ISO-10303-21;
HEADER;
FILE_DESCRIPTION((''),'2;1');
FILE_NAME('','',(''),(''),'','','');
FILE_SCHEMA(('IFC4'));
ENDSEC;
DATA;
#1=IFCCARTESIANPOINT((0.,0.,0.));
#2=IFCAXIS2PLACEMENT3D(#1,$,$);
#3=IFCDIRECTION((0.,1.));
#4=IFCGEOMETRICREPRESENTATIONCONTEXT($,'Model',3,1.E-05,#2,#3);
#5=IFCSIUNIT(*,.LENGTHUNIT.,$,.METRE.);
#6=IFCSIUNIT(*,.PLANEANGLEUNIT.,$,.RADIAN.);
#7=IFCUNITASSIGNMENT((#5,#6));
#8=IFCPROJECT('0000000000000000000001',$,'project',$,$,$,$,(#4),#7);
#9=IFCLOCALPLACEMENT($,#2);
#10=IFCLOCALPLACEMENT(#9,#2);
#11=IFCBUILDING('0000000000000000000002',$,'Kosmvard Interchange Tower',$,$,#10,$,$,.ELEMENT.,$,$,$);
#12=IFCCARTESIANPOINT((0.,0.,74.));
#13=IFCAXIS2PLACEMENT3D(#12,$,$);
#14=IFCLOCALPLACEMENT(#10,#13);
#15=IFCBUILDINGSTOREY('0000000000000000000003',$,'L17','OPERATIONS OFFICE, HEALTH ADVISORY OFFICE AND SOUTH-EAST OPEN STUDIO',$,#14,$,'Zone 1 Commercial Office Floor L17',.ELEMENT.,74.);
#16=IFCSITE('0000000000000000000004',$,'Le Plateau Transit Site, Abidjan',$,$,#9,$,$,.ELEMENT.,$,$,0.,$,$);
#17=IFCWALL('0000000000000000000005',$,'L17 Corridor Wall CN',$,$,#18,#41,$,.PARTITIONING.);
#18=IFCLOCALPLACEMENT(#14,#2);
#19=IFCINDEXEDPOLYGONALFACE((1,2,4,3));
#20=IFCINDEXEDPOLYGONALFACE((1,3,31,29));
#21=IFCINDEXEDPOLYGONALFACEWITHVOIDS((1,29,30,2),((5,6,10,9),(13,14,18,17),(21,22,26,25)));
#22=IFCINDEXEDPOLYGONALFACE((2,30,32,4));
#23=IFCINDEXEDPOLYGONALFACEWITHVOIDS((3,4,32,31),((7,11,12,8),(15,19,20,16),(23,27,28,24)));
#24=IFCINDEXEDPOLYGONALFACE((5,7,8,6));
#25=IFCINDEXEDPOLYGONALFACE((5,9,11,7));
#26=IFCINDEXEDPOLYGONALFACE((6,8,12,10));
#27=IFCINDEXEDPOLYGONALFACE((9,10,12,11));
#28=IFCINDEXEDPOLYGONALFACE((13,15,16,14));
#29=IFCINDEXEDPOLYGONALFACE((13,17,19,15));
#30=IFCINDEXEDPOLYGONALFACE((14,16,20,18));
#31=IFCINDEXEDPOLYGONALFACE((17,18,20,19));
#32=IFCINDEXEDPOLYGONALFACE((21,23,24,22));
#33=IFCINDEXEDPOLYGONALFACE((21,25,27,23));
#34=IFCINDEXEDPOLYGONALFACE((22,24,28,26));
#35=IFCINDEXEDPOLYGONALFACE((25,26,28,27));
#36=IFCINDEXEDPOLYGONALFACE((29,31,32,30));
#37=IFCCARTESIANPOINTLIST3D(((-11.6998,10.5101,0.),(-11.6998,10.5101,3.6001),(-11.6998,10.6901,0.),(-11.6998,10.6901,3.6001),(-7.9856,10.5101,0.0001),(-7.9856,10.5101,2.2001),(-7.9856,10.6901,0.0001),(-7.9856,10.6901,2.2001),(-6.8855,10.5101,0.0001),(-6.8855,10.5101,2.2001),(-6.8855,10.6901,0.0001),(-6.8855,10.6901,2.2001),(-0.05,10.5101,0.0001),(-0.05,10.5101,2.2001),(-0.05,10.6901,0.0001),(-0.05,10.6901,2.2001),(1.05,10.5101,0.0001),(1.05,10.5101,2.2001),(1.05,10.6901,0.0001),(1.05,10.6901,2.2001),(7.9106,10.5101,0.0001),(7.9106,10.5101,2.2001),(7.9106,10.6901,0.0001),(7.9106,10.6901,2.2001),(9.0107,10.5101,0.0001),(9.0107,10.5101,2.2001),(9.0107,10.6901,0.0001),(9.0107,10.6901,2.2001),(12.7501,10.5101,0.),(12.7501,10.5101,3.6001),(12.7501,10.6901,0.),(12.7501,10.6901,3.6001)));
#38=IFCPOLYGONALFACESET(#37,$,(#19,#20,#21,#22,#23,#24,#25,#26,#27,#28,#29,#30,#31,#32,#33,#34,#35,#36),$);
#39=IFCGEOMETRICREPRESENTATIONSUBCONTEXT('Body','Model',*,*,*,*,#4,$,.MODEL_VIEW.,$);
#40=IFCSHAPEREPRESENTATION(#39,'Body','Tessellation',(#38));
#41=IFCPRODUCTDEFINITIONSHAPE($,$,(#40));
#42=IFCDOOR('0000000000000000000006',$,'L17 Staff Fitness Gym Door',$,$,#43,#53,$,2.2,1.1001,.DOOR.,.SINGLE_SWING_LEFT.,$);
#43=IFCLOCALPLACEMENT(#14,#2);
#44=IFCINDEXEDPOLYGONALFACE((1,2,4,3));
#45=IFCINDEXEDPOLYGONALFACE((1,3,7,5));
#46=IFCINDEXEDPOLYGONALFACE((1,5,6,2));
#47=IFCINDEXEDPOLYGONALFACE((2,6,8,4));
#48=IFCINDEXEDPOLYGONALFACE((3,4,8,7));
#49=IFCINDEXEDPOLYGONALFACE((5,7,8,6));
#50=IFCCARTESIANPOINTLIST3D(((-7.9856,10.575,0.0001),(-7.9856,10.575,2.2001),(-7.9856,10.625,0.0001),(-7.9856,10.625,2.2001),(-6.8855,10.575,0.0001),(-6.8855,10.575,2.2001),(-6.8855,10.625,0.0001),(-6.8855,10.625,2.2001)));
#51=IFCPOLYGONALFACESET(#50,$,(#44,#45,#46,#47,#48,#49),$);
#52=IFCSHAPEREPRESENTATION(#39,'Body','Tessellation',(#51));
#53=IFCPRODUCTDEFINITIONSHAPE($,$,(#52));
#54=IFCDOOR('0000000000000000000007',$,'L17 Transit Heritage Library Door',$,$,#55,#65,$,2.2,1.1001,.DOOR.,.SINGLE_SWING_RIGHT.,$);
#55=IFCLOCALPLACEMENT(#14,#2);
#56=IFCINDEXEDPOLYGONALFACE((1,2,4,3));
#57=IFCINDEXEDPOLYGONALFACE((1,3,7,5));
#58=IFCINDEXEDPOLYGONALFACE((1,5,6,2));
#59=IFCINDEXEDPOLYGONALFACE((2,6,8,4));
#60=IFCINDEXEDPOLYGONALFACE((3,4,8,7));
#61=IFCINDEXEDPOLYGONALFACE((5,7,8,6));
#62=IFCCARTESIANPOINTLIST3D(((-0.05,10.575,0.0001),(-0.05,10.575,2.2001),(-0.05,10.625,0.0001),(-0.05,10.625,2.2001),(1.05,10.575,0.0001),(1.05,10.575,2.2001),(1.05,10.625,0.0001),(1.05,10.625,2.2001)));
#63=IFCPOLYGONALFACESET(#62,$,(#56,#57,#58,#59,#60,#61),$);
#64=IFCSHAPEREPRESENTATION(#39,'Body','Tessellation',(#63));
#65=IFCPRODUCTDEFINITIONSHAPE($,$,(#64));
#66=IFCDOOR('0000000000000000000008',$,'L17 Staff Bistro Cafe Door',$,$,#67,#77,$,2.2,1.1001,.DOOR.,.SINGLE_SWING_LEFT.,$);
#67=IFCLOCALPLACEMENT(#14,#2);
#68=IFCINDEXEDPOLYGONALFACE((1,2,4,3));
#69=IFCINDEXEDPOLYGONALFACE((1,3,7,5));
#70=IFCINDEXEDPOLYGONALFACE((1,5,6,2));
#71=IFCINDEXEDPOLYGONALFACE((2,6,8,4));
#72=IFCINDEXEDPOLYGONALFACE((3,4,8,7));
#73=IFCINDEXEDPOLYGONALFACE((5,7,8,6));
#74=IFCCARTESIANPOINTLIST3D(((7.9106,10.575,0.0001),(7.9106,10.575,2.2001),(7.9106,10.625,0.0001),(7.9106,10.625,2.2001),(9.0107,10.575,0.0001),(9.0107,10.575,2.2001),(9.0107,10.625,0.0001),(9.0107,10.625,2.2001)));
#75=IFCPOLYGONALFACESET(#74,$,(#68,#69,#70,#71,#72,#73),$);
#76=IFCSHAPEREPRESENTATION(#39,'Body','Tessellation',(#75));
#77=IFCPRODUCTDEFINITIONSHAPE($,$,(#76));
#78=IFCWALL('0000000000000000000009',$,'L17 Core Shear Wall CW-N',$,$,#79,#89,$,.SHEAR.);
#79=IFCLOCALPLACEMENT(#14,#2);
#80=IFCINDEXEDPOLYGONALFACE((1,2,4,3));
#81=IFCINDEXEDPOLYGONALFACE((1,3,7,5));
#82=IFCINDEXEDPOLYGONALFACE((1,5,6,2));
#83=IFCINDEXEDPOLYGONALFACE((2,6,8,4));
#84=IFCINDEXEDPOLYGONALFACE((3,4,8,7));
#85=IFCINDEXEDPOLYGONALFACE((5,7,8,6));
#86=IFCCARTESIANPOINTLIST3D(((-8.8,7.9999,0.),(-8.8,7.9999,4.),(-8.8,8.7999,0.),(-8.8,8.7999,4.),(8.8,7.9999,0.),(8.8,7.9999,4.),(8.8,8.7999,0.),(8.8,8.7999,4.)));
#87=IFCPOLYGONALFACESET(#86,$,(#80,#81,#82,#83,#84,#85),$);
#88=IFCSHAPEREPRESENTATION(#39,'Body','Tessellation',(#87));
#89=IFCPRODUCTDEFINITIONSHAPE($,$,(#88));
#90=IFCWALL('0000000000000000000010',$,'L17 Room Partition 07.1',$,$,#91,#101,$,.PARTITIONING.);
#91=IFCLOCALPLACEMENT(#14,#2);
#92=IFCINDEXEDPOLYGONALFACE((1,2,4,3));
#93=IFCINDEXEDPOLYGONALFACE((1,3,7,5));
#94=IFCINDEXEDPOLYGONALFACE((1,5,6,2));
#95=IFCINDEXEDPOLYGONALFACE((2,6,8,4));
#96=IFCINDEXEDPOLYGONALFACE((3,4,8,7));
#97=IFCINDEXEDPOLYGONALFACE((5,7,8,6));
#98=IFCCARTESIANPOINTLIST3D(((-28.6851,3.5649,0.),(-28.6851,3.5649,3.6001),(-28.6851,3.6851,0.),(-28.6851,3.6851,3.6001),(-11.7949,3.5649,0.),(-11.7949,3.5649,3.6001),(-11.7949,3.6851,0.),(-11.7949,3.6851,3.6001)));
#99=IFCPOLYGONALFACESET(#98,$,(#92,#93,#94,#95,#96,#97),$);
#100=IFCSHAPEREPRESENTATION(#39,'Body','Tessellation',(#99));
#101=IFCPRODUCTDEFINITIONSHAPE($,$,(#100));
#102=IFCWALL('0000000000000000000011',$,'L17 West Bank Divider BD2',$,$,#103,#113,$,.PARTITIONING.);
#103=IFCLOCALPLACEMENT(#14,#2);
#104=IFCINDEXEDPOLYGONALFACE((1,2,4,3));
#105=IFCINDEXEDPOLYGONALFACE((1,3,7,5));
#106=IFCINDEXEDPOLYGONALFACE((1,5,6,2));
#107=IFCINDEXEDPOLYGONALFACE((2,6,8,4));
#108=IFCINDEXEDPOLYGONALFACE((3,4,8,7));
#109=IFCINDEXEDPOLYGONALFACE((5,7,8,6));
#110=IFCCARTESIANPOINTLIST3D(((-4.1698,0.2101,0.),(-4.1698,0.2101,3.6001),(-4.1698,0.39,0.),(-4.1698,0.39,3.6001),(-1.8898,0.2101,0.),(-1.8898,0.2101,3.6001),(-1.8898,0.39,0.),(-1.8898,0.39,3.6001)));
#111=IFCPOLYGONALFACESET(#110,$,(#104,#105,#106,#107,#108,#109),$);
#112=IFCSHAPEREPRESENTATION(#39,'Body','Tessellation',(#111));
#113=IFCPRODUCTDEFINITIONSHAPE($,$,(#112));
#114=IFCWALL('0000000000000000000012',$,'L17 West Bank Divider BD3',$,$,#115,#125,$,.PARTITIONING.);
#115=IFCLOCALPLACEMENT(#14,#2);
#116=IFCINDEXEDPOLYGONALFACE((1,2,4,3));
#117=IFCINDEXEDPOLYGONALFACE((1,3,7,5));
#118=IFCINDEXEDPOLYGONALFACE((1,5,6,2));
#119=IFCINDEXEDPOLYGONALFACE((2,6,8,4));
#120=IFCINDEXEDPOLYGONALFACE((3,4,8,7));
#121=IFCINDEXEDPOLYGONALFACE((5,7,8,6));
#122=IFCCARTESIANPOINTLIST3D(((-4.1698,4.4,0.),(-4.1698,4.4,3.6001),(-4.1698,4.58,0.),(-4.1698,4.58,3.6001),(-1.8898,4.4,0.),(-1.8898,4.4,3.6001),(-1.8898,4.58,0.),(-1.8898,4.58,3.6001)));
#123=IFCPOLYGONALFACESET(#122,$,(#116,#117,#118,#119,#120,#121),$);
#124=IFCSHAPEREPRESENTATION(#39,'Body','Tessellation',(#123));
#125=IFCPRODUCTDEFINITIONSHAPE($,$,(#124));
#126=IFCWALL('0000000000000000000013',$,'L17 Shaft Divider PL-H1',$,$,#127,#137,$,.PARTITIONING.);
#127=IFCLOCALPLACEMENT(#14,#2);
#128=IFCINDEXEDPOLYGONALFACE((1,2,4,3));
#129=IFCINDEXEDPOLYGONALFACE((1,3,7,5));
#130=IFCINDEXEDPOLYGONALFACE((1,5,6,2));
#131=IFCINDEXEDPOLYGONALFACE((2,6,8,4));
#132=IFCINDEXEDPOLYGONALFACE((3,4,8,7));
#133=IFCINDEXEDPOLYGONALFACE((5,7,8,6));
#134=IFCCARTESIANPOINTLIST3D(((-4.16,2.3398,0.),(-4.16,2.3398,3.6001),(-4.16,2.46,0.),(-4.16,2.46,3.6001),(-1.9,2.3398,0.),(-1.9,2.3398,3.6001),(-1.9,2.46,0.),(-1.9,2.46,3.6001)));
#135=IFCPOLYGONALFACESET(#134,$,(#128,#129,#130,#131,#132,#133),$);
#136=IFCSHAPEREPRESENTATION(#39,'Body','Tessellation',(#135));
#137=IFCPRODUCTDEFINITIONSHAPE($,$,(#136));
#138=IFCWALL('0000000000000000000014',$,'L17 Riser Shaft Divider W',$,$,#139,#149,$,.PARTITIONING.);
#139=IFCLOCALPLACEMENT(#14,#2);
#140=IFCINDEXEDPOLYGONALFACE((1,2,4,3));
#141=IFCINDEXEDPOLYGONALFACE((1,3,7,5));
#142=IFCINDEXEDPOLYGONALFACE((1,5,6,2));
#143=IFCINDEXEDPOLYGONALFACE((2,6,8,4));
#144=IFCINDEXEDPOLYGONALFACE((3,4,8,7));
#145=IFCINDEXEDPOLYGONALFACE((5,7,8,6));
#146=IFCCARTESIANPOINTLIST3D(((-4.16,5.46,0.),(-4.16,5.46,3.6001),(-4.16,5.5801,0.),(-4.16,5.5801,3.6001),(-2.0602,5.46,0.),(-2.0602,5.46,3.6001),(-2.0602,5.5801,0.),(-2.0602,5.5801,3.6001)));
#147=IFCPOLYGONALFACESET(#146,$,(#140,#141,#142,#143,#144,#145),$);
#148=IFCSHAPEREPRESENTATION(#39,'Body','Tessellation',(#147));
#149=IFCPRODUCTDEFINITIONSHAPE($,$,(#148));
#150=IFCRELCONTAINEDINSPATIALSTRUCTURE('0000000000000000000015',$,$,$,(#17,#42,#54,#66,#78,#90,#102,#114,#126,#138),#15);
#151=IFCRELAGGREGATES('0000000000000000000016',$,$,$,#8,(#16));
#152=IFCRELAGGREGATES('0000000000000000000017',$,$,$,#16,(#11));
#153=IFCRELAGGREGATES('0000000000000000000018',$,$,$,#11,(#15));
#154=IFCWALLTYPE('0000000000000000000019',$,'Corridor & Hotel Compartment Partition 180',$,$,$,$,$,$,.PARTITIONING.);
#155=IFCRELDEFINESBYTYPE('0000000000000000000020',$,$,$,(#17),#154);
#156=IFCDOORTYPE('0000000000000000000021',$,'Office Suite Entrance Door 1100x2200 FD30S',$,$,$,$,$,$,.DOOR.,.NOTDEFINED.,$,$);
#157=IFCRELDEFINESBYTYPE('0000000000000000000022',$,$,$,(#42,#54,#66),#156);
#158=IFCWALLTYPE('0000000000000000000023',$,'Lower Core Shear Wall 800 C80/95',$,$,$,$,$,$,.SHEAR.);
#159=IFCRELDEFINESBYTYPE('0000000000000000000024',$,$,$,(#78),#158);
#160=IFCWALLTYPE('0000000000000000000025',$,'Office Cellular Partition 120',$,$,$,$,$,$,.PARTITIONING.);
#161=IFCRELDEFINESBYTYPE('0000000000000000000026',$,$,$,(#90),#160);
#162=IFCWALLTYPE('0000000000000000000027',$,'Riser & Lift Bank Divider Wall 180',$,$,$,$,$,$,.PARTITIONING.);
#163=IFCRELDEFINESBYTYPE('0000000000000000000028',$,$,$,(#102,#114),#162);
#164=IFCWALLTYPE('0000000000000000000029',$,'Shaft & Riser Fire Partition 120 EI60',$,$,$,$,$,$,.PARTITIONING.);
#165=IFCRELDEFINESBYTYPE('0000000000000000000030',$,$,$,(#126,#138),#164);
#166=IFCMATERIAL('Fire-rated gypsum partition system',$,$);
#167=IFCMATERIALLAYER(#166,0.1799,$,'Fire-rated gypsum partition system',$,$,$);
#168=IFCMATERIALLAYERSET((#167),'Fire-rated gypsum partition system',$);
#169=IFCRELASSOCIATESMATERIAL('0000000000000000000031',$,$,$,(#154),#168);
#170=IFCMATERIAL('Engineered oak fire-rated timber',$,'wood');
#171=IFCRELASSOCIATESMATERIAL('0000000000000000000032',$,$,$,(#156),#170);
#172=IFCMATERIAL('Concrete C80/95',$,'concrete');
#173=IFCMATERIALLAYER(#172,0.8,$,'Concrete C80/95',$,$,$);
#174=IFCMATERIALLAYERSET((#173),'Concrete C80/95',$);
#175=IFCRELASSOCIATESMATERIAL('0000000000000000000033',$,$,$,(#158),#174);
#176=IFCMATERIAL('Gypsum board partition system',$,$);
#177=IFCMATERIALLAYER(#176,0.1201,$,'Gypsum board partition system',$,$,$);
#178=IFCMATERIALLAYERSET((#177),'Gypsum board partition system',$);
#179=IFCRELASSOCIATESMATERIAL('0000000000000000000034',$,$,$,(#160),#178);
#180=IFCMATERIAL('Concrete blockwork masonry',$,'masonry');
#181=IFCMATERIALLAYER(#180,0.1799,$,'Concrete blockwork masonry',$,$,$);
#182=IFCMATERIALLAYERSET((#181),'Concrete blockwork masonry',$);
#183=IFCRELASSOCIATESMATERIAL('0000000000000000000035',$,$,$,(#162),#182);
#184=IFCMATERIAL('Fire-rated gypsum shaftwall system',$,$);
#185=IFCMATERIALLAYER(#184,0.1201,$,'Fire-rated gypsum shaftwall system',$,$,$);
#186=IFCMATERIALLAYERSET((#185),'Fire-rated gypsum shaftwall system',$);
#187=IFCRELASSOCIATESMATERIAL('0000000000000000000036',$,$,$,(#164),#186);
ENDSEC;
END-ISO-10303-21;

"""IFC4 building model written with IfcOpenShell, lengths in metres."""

from ifc_helpers import new_model, si_unit, direction, frame, frame_2d, origin, place, context, subcontext, project, spatial, rectangle, extrude, source, transform, mapped, material, layer, layer_set, type_object, element, fill, save


model = new_model("IFC4")

# Units and contexts
model_context = context("Model", 3, precision=1e-05, world=origin(), true_north=direction((0.0, 1.0)))
body_context = subcontext(model_context, "Body", "Model", "MODEL_VIEW")
ifc_project = project(units=[si_unit("LENGTHUNIT", "METRE"), si_unit("PLANEANGLEUNIT", "RADIAN")], contexts=[model_context])

# Site, building, storey
site_placement = place(None, origin())
site = spatial("IfcSite", under=ifc_project, at=site_placement, Name="Le Plateau Transit Site, Abidjan", CompositionType="ELEMENT", RefElevation=0.0)
building_placement = place(site_placement, origin())
building = spatial("IfcBuilding", under=site, at=building_placement, Name="Kosmvard Interchange Tower", CompositionType="ELEMENT")
storey_placement = place(building_placement, frame((0.0, 0.0, 74.0)))
storey = spatial("IfcBuildingStorey", under=building, at=storey_placement, Name="L17", Description="OPERATIONS OFFICE, HEALTH ADVISORY OFFICE AND SOUTH-EAST OPEN STUDIO", LongName="Zone 1 Commercial Office Floor L17", CompositionType="ELEMENT", Elevation=74.0)

# Shared definitions
ifc_material_1 = material(Name="Concrete C80/95", Category="concrete")

# Wall, openings, doors
ifc_material_2 = material(Name="Fire-rated gypsum partition system")
ifc_layer_1 = layer(ifc_material_2, 0.1799, Name="Fire-rated gypsum partition system")
ifc_layer_set_1 = layer_set([ifc_layer_1], Name="Fire-rated gypsum partition system")
wall_type_1 = type_object("IfcWallType", Name="Corridor & Hotel Compartment Partition 180", PredefinedType="PARTITIONING", material=ifc_layer_set_1)
wall_1_placement = place(storey_placement, frame((-11.7, 10.6001, 0.0), z_axis=(0.0, 0.0, 1.0), x_axis=(1.0, 0.0, 0.0)))
wall_1 = element("IfcWall", 1, at=wall_1_placement, inside=storey, type_object=wall_type_1, Name="L17 Corridor Wall CN", PredefinedType="PARTITIONING", context=body_context, shape_type="SweptSolid", body=[
    extrude(rectangle(XDim=24.45, YDim=0.1799, at=frame_2d((12.2251, 0.0))), origin(), (0.0, 0.0, 1.0), 3.6001),
])
opening_1_placement = place(wall_1_placement, frame((3.7144, 0.0, 0.0)))
opening_1 = element("IfcOpeningElement", 2, at=opening_1_placement, cuts=wall_1, PredefinedType="OPENING", context=body_context, shape_type="SweptSolid", body=[
    extrude(rectangle(XDim=1.1001, YDim=2.2, at=frame_2d((0.55, 1.1001))), frame((0.0, 0.1001, 0.0), z_axis=(0.0, -1.0, 0.0), x_axis=(1.0, 0.0, 0.0)), (0.0, 0.0, 1.0), 0.2),
])
opening_2_placement = place(wall_1_placement, frame((11.6499, 0.0, 0.0)))
opening_2 = element("IfcOpeningElement", 3, at=opening_2_placement, cuts=wall_1, PredefinedType="OPENING", context=body_context, shape_type="SweptSolid", body=[
    extrude(rectangle(XDim=1.1001, YDim=2.2, at=frame_2d((0.55, 1.1001))), frame((0.0, 0.1001, 0.0), z_axis=(0.0, -1.0, 0.0), x_axis=(1.0, 0.0, 0.0)), (0.0, 0.0, 1.0), 0.2),
])
opening_3_placement = place(wall_1_placement, frame((19.6106, 0.0, 0.0)))
opening_3 = element("IfcOpeningElement", 4, at=opening_3_placement, cuts=wall_1, PredefinedType="OPENING", context=body_context, shape_type="SweptSolid", body=[
    extrude(rectangle(XDim=1.1001, YDim=2.2, at=frame_2d((0.55, 1.1001))), frame((0.0, 0.1001, 0.0), z_axis=(0.0, -1.0, 0.0), x_axis=(1.0, 0.0, 0.0)), (0.0, 0.0, 1.0), 0.2),
])
ifc_material_3 = material(Name="Engineered oak fire-rated timber", Category="wood")
door_type_1 = type_object("IfcDoorType", Name="Office Suite Entrance Door 1100x2200 FD30S", OperationType="NOTDEFINED", PredefinedType="DOOR", material=ifc_material_3)
shared_shape_1 = source(origin(), body_context, "Body", "SweptSolid", [
    extrude(rectangle(XDim=1.1001, YDim=2.2, at=frame_2d((0.55, 1.1001))), frame((0.0, 0.0249, 0.0), z_axis=(0.0, -1.0, 0.0), x_axis=(1.0, 0.0, 0.0)), (0.0, 0.0, 1.0), 0.05),
])
door_1_placement = place(opening_1_placement, origin())
door_1 = element("IfcDoor", 5, at=door_1_placement, inside=storey, type_object=door_type_1, Name="L17 Staff Fitness Gym Door", OperationType="SINGLE_SWING_LEFT", OverallHeight=2.2, OverallWidth=1.1001, PredefinedType="DOOR", context=body_context, shape_type="MappedRepresentation", body=[
    mapped(shared_shape_1, transform((0.0, 0.0, 0.0), scale=1.0)),
])
fill(opening_1, door_1)
door_2_placement = place(opening_2_placement, origin())
door_2 = element("IfcDoor", 6, at=door_2_placement, inside=storey, type_object=door_type_1, Name="L17 Transit Heritage Library Door", OperationType="SINGLE_SWING_RIGHT", OverallHeight=2.2, OverallWidth=1.1001, PredefinedType="DOOR", context=body_context, shape_type="MappedRepresentation", body=[
    mapped(shared_shape_1, transform((0.0, 0.0, 0.0), scale=1.0)),
])
fill(opening_2, door_2)
door_3_placement = place(opening_3_placement, origin())
door_3 = element("IfcDoor", 7, at=door_3_placement, inside=storey, type_object=door_type_1, Name="L17 Staff Bistro Cafe Door", OperationType="SINGLE_SWING_LEFT", OverallHeight=2.2, OverallWidth=1.1001, PredefinedType="DOOR", context=body_context, shape_type="MappedRepresentation", body=[
    mapped(shared_shape_1, transform((0.0, 0.0, 0.0), scale=1.0)),
])
fill(opening_3, door_3)

# Walls
ifc_layer_2 = layer(ifc_material_1, 0.8, Name="Concrete C80/95")
ifc_layer_set_2 = layer_set([ifc_layer_2], Name="Concrete C80/95")
wall_type_2 = type_object("IfcWallType", Name="Lower Core Shear Wall 800 C80/95", PredefinedType="SHEAR", material=ifc_layer_set_2)
wall_2_placement = place(storey_placement, frame((-8.8, 8.3999, 0.0), z_axis=(0.0, 0.0, 1.0), x_axis=(1.0, 0.0, 0.0)))
element("IfcWall", 8, at=wall_2_placement, inside=storey, type_object=wall_type_2, Name="L17 Core Shear Wall CW-N", PredefinedType="SHEAR", context=body_context, shape_type="SweptSolid", body=[
    extrude(rectangle(XDim=17.6001, YDim=0.8, at=frame_2d((8.8, 0.0))), origin(), (0.0, 0.0, 1.0), 4.0),
])
ifc_material_4 = material(Name="Gypsum board partition system")
ifc_layer_3 = layer(ifc_material_4, 0.1201, Name="Gypsum board partition system")
ifc_layer_set_3 = layer_set([ifc_layer_3], Name="Gypsum board partition system")
wall_type_3 = type_object("IfcWallType", Name="Office Cellular Partition 120", PredefinedType="PARTITIONING", material=ifc_layer_set_3)
wall_3_placement = place(storey_placement, frame((-28.6851, 3.625, 0.0), z_axis=(0.0, 0.0, 1.0), x_axis=(1.0, 0.0, 0.0)))
element("IfcWall", 9, at=wall_3_placement, inside=storey, type_object=wall_type_3, Name="L17 Room Partition 07.1", PredefinedType="PARTITIONING", context=body_context, shape_type="SweptSolid", body=[
    extrude(rectangle(XDim=16.8901, YDim=0.1201, at=frame_2d((8.4451, 0.0))), origin(), (0.0, 0.0, 1.0), 3.6001),
])
ifc_material_5 = material(Name="Concrete blockwork masonry", Category="masonry")
ifc_layer_4 = layer(ifc_material_5, 0.1799, Name="Concrete blockwork masonry")
ifc_layer_set_4 = layer_set([ifc_layer_4], Name="Concrete blockwork masonry")
wall_type_4 = type_object("IfcWallType", Name="Riser & Lift Bank Divider Wall 180", PredefinedType="PARTITIONING", material=ifc_layer_set_4)
for number, where, z_axis, x_axis, name in (
    (10, (-4.1699, 0.3, 0.0), (0.0, 0.0, 1.0), (1.0, 0.0, 0.0), "L17 West Bank Divider BD2"),
    (11, (-4.1699, 4.49, 0.0), (0.0, 0.0, 1.0), (1.0, 0.0, 0.0), "L17 West Bank Divider BD3"),
):
    element("IfcWall", number, at=place(storey_placement, frame(where, z_axis=z_axis, x_axis=x_axis)), inside=storey, type_object=wall_type_4, Name=name, PredefinedType="PARTITIONING", context=body_context, shape_type="SweptSolid", body=[
        extrude(rectangle(XDim=2.28, YDim=0.1799, at=frame_2d((1.1401, 0.0))), origin(), (0.0, 0.0, 1.0), 3.6001),
    ])
ifc_material_6 = material(Name="Fire-rated gypsum shaftwall system")
ifc_layer_5 = layer(ifc_material_6, 0.1201, Name="Fire-rated gypsum shaftwall system")
ifc_layer_set_5 = layer_set([ifc_layer_5], Name="Fire-rated gypsum shaftwall system")
wall_type_5 = type_object("IfcWallType", Name="Shaft & Riser Fire Partition 120 EI60", PredefinedType="PARTITIONING", material=ifc_layer_set_5)
wall_4_placement = place(storey_placement, frame((-4.1599, 2.3999, 0.0), z_axis=(0.0, 0.0, 1.0), x_axis=(1.0, 0.0, 0.0)))
element("IfcWall", 12, at=wall_4_placement, inside=storey, type_object=wall_type_5, Name="L17 Shaft Divider PL-H1", PredefinedType="PARTITIONING", context=body_context, shape_type="SweptSolid", body=[
    extrude(rectangle(XDim=2.26, YDim=0.1201, at=frame_2d((1.1299, 0.0))), origin(), (0.0, 0.0, 1.0), 3.6001),
])
wall_5_placement = place(storey_placement, frame((-4.1599, 5.52, 0.0), z_axis=(0.0, 0.0, 1.0), x_axis=(1.0, 0.0, 0.0)))
element("IfcWall", 13, at=wall_5_placement, inside=storey, type_object=wall_type_5, Name="L17 Riser Shaft Divider W", PredefinedType="PARTITIONING", context=body_context, shape_type="SweptSolid", body=[
    extrude(rectangle(XDim=2.0999, YDim=0.1201, at=frame_2d((1.0498, 0.0))), origin(), (0.0, 0.0, 1.0), 3.6001),
])

save(model, "model.ifc")
